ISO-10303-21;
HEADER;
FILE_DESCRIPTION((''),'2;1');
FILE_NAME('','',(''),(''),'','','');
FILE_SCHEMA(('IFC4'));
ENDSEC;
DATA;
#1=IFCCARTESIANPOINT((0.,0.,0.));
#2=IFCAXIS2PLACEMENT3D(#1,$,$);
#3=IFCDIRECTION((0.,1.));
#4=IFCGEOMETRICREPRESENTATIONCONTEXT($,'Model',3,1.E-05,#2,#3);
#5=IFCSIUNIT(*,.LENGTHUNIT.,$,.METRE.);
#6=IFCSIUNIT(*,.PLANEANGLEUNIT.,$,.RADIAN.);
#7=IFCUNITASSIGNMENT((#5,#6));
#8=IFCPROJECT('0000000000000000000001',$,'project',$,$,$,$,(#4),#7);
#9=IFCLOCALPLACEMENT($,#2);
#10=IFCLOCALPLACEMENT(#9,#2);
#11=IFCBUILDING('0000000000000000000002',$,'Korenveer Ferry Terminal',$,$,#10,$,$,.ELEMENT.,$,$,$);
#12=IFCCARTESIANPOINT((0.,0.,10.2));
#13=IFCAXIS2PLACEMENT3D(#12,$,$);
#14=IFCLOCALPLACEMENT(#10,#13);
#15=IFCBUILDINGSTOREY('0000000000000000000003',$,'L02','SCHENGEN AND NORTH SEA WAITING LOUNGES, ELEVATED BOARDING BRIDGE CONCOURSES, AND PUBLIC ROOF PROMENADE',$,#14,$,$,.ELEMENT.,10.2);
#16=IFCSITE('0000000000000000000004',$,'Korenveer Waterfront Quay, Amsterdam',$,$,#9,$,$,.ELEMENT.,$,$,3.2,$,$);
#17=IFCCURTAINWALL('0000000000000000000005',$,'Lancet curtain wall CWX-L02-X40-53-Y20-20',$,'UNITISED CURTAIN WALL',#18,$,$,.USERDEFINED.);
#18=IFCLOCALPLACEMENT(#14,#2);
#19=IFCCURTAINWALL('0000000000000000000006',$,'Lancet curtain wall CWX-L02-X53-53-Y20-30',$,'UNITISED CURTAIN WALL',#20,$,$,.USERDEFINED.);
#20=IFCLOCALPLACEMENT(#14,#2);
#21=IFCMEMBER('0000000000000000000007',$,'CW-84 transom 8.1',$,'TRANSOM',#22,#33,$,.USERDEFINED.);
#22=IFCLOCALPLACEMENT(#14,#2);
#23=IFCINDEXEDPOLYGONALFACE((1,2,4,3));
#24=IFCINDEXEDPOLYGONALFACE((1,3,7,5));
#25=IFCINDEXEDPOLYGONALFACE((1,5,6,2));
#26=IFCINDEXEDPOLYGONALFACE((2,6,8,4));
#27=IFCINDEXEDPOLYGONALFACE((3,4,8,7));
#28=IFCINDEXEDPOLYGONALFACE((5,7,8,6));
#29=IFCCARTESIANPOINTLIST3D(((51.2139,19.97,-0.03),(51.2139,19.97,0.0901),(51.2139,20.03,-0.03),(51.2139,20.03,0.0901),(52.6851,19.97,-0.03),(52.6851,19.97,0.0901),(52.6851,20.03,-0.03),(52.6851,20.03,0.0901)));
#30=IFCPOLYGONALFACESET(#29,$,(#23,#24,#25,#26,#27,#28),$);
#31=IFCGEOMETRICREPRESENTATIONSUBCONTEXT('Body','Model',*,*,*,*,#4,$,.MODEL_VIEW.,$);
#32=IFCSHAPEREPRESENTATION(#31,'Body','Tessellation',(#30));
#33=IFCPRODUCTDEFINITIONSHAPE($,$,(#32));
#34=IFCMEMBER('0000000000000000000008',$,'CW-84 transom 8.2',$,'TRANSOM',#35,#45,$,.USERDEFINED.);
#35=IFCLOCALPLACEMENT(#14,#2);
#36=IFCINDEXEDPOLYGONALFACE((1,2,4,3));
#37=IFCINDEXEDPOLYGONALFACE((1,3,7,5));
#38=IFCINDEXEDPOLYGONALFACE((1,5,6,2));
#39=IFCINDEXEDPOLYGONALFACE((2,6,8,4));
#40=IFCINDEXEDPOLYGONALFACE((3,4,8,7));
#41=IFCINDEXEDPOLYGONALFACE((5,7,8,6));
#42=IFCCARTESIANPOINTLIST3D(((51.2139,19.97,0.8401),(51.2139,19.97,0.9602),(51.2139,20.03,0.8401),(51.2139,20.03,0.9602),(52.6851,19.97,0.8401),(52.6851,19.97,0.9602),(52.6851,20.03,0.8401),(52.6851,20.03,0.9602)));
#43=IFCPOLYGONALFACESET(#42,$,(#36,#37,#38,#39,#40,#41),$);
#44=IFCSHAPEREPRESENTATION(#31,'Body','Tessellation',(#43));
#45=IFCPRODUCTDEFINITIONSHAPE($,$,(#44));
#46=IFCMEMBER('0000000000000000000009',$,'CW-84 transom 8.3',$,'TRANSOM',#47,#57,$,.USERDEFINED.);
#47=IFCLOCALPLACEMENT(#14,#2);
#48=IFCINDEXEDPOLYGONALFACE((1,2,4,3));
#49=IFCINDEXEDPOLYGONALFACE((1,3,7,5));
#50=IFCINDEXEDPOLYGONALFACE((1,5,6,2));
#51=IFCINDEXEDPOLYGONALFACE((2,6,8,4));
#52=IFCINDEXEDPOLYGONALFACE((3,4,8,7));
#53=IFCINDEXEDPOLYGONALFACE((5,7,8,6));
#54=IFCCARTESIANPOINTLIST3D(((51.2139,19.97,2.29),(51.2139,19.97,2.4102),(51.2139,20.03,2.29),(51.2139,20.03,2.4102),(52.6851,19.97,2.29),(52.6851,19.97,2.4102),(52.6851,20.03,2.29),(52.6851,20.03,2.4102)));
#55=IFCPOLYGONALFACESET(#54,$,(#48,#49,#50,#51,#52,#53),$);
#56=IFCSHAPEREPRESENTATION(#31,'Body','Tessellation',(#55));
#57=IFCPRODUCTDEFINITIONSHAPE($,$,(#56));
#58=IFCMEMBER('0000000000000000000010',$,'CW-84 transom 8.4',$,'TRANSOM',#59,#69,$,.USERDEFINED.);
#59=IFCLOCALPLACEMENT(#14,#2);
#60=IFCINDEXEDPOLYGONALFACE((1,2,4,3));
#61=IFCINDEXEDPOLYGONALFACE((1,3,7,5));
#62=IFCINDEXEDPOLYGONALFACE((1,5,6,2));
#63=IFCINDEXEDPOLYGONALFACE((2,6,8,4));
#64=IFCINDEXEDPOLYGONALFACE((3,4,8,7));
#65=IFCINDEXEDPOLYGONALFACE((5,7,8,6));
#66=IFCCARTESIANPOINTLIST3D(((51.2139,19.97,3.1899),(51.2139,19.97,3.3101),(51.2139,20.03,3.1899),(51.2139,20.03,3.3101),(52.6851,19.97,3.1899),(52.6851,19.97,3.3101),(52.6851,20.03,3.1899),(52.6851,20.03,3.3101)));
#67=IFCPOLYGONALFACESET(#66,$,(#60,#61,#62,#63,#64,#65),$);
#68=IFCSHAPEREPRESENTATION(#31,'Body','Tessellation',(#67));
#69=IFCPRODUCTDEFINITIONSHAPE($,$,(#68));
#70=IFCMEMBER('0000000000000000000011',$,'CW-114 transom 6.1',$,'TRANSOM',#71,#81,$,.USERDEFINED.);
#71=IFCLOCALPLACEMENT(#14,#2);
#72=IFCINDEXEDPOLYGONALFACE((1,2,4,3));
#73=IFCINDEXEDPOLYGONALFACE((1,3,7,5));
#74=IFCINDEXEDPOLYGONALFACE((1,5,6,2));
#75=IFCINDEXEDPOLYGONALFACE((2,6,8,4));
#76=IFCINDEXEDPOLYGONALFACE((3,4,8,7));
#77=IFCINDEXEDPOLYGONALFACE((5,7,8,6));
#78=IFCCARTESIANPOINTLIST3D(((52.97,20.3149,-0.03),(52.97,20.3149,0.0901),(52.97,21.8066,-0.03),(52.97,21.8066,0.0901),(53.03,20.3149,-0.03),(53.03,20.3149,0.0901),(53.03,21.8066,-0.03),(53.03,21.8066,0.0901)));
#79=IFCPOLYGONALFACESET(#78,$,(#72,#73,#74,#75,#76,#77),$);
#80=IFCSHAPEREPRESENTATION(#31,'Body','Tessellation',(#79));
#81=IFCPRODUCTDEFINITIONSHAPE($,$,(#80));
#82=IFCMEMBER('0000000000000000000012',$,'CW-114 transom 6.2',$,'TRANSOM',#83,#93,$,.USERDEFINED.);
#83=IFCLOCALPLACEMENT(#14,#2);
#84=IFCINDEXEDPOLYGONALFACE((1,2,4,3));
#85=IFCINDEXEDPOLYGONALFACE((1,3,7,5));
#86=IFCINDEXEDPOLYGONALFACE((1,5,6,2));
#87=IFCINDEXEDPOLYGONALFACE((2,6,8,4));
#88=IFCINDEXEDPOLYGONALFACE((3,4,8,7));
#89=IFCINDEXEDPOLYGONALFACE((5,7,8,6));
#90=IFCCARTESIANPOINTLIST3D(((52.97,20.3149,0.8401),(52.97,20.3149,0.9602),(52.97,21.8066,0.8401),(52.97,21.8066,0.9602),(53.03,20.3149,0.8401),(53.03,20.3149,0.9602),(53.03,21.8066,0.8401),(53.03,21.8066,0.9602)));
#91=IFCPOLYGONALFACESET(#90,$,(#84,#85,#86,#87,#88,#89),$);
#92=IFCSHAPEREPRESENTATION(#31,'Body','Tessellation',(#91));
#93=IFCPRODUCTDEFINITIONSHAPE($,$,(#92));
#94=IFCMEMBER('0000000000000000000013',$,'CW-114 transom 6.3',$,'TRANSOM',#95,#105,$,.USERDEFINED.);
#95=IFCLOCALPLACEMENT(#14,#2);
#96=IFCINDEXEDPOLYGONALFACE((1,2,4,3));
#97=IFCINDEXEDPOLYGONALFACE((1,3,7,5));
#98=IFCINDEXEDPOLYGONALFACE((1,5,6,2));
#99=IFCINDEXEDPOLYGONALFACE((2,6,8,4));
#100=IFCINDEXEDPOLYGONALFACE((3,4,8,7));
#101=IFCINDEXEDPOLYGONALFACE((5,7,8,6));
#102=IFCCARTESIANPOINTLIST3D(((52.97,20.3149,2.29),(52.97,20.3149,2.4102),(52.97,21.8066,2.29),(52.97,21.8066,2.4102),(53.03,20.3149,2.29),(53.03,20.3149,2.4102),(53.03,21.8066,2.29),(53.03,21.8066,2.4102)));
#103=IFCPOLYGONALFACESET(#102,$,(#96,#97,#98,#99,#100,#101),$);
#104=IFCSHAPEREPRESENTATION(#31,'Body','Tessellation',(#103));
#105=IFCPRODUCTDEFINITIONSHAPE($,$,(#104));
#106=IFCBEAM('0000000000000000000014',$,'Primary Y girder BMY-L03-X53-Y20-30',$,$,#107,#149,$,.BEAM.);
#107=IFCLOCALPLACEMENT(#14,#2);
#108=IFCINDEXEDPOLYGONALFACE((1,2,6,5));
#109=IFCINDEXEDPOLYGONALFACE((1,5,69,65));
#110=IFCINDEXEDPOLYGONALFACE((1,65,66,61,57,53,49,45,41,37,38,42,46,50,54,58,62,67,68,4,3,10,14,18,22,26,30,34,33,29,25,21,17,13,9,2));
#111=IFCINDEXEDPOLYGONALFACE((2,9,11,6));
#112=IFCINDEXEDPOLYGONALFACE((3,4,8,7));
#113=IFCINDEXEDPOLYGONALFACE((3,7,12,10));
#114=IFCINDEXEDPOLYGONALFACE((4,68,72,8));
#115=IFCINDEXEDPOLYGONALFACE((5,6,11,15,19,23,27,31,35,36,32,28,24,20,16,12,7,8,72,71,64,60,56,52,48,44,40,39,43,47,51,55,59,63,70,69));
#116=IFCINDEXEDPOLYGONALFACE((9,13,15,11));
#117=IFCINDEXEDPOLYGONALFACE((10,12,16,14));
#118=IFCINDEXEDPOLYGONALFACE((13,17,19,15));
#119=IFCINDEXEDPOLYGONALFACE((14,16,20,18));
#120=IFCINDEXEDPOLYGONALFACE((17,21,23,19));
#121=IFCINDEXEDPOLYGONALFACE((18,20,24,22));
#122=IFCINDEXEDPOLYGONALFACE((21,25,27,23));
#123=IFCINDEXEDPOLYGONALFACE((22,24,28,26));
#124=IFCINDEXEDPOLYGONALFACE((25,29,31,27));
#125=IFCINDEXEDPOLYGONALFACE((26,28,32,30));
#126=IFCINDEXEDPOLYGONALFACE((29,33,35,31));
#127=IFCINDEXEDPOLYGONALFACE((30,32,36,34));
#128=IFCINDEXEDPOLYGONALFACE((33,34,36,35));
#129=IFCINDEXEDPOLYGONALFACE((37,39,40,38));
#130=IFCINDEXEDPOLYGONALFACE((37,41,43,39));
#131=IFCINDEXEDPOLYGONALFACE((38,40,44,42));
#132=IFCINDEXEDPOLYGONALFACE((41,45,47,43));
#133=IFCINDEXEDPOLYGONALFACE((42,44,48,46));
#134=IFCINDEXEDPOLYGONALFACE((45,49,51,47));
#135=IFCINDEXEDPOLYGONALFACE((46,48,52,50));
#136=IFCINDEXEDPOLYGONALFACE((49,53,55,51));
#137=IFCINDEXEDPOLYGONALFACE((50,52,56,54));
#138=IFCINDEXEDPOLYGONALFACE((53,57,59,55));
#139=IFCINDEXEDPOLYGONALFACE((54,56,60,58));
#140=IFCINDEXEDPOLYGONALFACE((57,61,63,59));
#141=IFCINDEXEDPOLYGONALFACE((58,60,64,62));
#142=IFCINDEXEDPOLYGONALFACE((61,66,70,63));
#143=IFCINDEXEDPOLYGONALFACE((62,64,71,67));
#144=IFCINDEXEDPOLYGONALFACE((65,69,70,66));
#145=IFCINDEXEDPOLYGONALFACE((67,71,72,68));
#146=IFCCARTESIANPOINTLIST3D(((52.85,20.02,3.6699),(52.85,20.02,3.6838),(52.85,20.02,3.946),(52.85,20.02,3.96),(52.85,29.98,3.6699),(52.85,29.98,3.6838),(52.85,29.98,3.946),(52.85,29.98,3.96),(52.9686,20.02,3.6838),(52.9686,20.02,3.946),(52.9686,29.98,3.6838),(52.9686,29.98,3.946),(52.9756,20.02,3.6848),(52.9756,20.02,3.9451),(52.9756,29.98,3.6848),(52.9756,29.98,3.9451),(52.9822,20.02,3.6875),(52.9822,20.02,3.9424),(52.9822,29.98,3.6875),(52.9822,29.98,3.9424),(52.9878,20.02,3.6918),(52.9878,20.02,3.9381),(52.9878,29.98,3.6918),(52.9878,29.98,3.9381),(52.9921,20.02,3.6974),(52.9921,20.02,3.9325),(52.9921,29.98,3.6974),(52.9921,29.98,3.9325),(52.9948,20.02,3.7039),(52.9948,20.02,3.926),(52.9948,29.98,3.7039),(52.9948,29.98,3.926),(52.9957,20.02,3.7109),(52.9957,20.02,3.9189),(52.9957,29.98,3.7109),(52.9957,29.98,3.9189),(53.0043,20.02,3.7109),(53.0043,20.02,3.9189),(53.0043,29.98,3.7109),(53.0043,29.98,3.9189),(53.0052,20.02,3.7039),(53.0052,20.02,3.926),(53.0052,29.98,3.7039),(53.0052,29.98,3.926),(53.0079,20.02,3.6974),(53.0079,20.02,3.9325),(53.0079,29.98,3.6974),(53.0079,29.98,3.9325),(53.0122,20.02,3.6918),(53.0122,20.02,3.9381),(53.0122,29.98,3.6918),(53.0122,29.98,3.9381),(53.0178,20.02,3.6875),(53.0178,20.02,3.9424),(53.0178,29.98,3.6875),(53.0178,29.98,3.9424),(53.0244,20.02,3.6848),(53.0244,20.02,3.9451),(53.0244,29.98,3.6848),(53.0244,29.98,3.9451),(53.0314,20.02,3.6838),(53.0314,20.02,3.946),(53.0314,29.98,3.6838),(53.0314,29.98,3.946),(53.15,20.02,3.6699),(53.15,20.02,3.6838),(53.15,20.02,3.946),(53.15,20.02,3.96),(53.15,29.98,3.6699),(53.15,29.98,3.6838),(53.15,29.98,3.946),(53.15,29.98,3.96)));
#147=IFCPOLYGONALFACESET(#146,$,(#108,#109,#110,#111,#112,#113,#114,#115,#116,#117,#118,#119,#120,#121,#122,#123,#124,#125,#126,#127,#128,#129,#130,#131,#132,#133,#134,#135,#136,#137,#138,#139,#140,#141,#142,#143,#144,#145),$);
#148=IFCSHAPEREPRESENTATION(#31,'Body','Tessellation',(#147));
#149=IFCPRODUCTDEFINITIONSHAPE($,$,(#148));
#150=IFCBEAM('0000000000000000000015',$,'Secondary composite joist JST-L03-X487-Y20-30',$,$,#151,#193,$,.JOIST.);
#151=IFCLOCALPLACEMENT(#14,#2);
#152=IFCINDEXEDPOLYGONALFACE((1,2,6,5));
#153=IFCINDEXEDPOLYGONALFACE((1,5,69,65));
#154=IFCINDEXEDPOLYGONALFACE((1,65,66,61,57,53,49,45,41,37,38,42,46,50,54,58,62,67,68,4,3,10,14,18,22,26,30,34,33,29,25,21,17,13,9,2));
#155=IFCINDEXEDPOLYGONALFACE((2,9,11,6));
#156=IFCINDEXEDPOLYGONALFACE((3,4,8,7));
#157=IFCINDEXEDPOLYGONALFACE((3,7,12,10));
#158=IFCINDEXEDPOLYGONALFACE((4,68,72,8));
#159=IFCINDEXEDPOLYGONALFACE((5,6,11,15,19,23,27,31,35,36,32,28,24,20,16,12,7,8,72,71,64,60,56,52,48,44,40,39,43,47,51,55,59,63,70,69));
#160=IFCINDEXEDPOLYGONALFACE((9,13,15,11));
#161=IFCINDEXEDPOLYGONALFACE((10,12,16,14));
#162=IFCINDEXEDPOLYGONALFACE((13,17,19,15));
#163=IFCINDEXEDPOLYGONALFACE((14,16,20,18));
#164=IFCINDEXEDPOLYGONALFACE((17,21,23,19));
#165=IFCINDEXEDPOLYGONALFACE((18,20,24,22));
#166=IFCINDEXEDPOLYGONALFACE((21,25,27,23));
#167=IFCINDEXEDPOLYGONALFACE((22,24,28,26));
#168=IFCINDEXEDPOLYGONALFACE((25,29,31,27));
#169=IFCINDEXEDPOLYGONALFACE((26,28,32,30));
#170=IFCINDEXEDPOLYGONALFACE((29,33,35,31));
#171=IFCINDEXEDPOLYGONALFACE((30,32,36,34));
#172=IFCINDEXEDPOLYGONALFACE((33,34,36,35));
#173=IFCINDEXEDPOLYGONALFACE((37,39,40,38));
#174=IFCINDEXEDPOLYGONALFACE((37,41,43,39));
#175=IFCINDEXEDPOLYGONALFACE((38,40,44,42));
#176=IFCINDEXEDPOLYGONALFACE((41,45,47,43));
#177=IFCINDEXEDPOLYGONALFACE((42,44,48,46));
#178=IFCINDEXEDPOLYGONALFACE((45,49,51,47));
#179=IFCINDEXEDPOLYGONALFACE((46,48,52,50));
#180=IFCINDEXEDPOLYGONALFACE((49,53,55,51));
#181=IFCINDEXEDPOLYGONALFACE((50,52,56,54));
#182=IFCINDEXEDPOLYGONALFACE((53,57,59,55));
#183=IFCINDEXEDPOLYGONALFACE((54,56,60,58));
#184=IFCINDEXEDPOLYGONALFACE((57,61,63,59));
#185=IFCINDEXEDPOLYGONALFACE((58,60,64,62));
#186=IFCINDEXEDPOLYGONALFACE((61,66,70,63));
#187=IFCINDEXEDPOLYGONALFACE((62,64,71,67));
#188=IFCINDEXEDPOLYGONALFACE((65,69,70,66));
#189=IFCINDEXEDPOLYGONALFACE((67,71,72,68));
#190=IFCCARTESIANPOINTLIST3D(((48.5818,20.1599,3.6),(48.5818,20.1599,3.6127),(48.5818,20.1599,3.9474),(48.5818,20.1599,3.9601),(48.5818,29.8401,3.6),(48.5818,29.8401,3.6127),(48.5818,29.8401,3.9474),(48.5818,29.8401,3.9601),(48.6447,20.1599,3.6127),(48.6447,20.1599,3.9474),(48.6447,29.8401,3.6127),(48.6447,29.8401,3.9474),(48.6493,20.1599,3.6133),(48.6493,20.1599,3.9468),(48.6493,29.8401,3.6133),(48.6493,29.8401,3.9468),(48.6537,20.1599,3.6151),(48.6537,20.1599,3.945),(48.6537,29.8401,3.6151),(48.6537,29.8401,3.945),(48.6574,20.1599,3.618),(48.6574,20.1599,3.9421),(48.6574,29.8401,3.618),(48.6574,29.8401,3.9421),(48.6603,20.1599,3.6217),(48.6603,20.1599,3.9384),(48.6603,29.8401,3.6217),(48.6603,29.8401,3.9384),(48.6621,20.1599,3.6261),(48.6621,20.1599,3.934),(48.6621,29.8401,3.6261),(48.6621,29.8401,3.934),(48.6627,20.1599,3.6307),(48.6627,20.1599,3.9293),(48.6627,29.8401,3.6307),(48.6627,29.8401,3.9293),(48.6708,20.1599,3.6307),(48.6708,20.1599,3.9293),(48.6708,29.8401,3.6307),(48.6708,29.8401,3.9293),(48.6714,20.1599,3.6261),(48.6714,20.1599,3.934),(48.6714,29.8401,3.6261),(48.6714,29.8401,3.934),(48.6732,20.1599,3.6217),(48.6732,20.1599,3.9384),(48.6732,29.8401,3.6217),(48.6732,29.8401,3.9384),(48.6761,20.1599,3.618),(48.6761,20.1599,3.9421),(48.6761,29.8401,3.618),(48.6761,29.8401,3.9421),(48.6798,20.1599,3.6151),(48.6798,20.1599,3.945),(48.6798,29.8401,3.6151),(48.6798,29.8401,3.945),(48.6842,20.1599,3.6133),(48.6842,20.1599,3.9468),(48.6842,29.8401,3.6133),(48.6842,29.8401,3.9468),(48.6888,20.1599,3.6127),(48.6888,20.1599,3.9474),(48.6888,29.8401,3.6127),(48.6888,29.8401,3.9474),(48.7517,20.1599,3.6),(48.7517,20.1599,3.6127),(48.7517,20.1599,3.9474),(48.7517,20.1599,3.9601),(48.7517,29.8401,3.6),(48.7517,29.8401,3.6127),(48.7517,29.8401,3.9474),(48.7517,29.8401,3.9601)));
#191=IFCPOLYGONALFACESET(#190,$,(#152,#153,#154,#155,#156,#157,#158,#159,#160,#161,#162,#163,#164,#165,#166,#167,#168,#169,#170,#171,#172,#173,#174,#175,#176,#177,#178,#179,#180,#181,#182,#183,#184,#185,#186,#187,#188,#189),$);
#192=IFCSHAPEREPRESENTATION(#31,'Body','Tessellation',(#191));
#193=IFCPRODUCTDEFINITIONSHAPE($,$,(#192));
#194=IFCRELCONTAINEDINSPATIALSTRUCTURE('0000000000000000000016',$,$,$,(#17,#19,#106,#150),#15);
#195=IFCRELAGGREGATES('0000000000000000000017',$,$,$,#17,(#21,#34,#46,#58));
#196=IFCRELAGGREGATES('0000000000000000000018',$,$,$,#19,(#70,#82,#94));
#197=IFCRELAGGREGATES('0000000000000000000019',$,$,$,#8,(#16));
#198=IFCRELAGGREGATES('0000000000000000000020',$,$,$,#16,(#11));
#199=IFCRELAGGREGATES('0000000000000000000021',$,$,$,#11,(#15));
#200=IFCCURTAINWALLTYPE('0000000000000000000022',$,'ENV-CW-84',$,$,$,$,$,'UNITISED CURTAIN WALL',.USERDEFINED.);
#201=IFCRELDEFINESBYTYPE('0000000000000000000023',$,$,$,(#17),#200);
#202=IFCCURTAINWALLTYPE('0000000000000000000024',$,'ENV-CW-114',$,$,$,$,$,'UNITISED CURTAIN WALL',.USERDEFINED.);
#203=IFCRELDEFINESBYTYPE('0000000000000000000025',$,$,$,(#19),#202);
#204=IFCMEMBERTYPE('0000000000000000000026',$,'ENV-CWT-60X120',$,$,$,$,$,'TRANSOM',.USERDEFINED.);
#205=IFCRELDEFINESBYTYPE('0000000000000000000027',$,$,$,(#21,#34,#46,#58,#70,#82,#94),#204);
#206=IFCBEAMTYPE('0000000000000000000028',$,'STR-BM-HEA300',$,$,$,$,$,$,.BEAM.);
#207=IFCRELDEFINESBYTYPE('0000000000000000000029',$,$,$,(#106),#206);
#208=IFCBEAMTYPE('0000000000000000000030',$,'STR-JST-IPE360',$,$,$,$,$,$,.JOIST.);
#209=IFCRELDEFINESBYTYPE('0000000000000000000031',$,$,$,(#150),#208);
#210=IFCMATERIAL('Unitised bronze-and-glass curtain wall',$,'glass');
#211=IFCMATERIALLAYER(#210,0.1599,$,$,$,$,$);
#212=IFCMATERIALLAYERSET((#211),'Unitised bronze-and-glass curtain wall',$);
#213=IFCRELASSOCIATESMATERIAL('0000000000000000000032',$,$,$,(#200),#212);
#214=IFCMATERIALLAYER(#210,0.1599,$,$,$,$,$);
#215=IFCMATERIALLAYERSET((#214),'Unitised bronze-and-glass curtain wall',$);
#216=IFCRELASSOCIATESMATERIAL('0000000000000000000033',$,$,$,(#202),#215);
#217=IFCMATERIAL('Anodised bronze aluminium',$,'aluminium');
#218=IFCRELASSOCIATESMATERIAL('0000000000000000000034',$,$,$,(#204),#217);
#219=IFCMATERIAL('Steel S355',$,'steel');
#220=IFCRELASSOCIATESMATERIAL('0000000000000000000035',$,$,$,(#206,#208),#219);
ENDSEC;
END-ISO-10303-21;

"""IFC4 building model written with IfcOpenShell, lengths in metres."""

from ifc_helpers import new_model, si_unit, direction, frame, origin, origin_2d, place, context, subcontext, project, spatial, rectangle, i_section, extrude, material, layer, layer_set, material_profile, profile_set, type_object, element, aggregate, save


model = new_model("IFC4")

# Units and contexts
model_context = context("Model", 3, precision=1e-05, world=origin(), true_north=direction((0.0, 1.0)))
body_context = subcontext(model_context, "Body", "Model", "MODEL_VIEW")
ifc_project = project(units=[si_unit("LENGTHUNIT", "METRE"), si_unit("PLANEANGLEUNIT", "RADIAN")], contexts=[model_context])

# Site, building, storey
site_placement = place(None, origin())
site = spatial("IfcSite", under=ifc_project, at=site_placement, Name="Korenveer Waterfront Quay, Amsterdam", CompositionType="ELEMENT", RefElevation=3.2)
building_placement = place(site_placement, origin())
building = spatial("IfcBuilding", under=site, at=building_placement, Name="Korenveer Ferry Terminal", CompositionType="ELEMENT")
storey_placement = place(building_placement, frame((0.0, 0.0, 10.2)))
storey = spatial("IfcBuildingStorey", under=building, at=storey_placement, Name="L02", Description="SCHENGEN AND NORTH SEA WAITING LOUNGES, ELEVATED BOARDING BRIDGE CONCOURSES, AND PUBLIC ROOF PROMENADE", CompositionType="ELEMENT", Elevation=10.2)

# Curtain wall
ifc_material_1 = material(Name="Unitised bronze-and-glass curtain wall", Category="glass")
ifc_layer_1 = layer(ifc_material_1, 0.1599)
ifc_layer_set_1 = layer_set([ifc_layer_1], Name="Unitised bronze-and-glass curtain wall")
curtain_wall_type_1 = type_object("IfcCurtainWallType", Name="ENV-CW-84", ElementType="UNITISED CURTAIN WALL", PredefinedType="USERDEFINED", material=ifc_layer_set_1)
curtain_wall_1_placement = place(storey_placement, frame((40.2549, 20.0, 0.0)))
curtain_wall_1 = element("IfcCurtainWall", 1, at=curtain_wall_1_placement, inside=storey, type_object=curtain_wall_type_1, Name="Lancet curtain wall CWX-L02-X40-53-Y20-20", ObjectType="UNITISED CURTAIN WALL", PredefinedType="USERDEFINED")
ifc_material_2 = material(Name="Anodised bronze aluminium", Category="aluminium")

# Curtain wall
ifc_layer_2 = layer(ifc_material_1, 0.1599)
ifc_layer_set_2 = layer_set([ifc_layer_2], Name="Unitised bronze-and-glass curtain wall")
curtain_wall_type_2 = type_object("IfcCurtainWallType", Name="ENV-CW-114", ElementType="UNITISED CURTAIN WALL", PredefinedType="USERDEFINED", material=ifc_layer_set_2)
curtain_wall_2_placement = place(storey_placement, frame((53.0, 29.7451, 0.0)))
curtain_wall_2 = element("IfcCurtainWall", 2, at=curtain_wall_2_placement, inside=storey, type_object=curtain_wall_type_2, Name="Lancet curtain wall CWX-L02-X53-53-Y20-30", ObjectType="UNITISED CURTAIN WALL", PredefinedType="USERDEFINED")

# Members
ifc_material_profile_1 = material_profile(ifc_material_2, rectangle(XDim=0.0601, YDim=0.1201, at=origin_2d()), Name="ALU 60x120")
ifc_profile_set_1 = profile_set([ifc_material_profile_1], Name="Anodised bronze aluminium")
member_type_1 = type_object("IfcMemberType", Name="ENV-CWT-60X120", ElementType="TRANSOM", PredefinedType="USERDEFINED", material=ifc_profile_set_1)
member_1_placement = place(storey_placement, frame((51.2139, 20.0, 0.03), z_axis=(1.0, 0.0, 0.0), x_axis=(0.0, 1.0, 0.0)))
member_1 = element("IfcMember", 3, at=member_1_placement, type_object=member_type_1, Name="CW-84 transom 8.1", ObjectType="TRANSOM", PredefinedType="USERDEFINED", context=body_context, shape_type="SweptSolid", body=[
    extrude(rectangle(XDim=0.0601, YDim=0.1201, at=origin_2d()), origin(), (0.0, 0.0, 1.0), 1.4712),
])
member_2_placement = place(storey_placement, frame((51.2139, 20.0, 0.9001), z_axis=(1.0, 0.0, 0.0), x_axis=(0.0, 1.0, 0.0)))
member_2 = element("IfcMember", 4, at=member_2_placement, type_object=member_type_1, Name="CW-84 transom 8.2", ObjectType="TRANSOM", PredefinedType="USERDEFINED", context=body_context, shape_type="SweptSolid", body=[
    extrude(rectangle(XDim=0.0601, YDim=0.1201, at=origin_2d()), origin(), (0.0, 0.0, 1.0), 1.4712),
])
member_3_placement = place(storey_placement, frame((51.2139, 20.0, 2.3501), z_axis=(1.0, 0.0, 0.0), x_axis=(0.0, 1.0, 0.0)))
member_3 = element("IfcMember", 5, at=member_3_placement, type_object=member_type_1, Name="CW-84 transom 8.3", ObjectType="TRANSOM", PredefinedType="USERDEFINED", context=body_context, shape_type="SweptSolid", body=[
    extrude(rectangle(XDim=0.0601, YDim=0.1201, at=origin_2d()), origin(), (0.0, 0.0, 1.0), 1.4712),
])
member_4_placement = place(storey_placement, frame((51.2139, 20.0, 3.25), z_axis=(1.0, 0.0, 0.0), x_axis=(0.0, 1.0, 0.0)))
member_4 = element("IfcMember", 6, at=member_4_placement, type_object=member_type_1, Name="CW-84 transom 8.4", ObjectType="TRANSOM", PredefinedType="USERDEFINED", context=body_context, shape_type="SweptSolid", body=[
    extrude(rectangle(XDim=0.0601, YDim=0.1201, at=origin_2d()), origin(), (0.0, 0.0, 1.0), 1.4712),
])
member_5_placement = place(storey_placement, frame((53.0, 21.8066, 0.03), z_axis=(0.0, -1.0, 0.0), x_axis=(1.0, 0.0, 0.0)))
member_5 = element("IfcMember", 7, at=member_5_placement, type_object=member_type_1, Name="CW-114 transom 6.1", ObjectType="TRANSOM", PredefinedType="USERDEFINED", context=body_context, shape_type="SweptSolid", body=[
    extrude(rectangle(XDim=0.0601, YDim=0.1201, at=origin_2d()), origin(), (0.0, 0.0, 1.0), 1.4917),
])
member_6_placement = place(storey_placement, frame((53.0, 21.8066, 0.9001), z_axis=(0.0, -1.0, 0.0), x_axis=(1.0, 0.0, 0.0)))
member_6 = element("IfcMember", 8, at=member_6_placement, type_object=member_type_1, Name="CW-114 transom 6.2", ObjectType="TRANSOM", PredefinedType="USERDEFINED", context=body_context, shape_type="SweptSolid", body=[
    extrude(rectangle(XDim=0.0601, YDim=0.1201, at=origin_2d()), origin(), (0.0, 0.0, 1.0), 1.4917),
])
member_7_placement = place(storey_placement, frame((53.0, 21.8066, 2.3501), z_axis=(0.0, -1.0, 0.0), x_axis=(1.0, 0.0, 0.0)))
member_7 = element("IfcMember", 9, at=member_7_placement, type_object=member_type_1, Name="CW-114 transom 6.3", ObjectType="TRANSOM", PredefinedType="USERDEFINED", context=body_context, shape_type="SweptSolid", body=[
    extrude(rectangle(XDim=0.0601, YDim=0.1201, at=origin_2d()), origin(), (0.0, 0.0, 1.0), 1.4917),
])

# Beams
ifc_material_3 = material(Name="Steel S355", Category="steel")
ifc_material_profile_2 = material_profile(ifc_material_3, i_section(OverallWidth=0.3, OverallDepth=0.29, WebThickness=0.0085, FlangeThickness=0.0139, FilletRadius=0.0271, at=origin_2d()), Name="HEA 300")
ifc_profile_set_2 = profile_set([ifc_material_profile_2], Name="Steel S355")
beam_type_1 = type_object("IfcBeamType", Name="STR-BM-HEA300", PredefinedType="BEAM", material=ifc_profile_set_2)
beam_1_placement = place(storey_placement, frame((53.0, 20.02, 3.8149), z_axis=(0.0, 1.0, 0.0), x_axis=(-1.0, 0.0, 0.0)))
element("IfcBeam", 10, at=beam_1_placement, inside=storey, type_object=beam_type_1, Name="Primary Y girder BMY-L03-X53-Y20-30", PredefinedType="BEAM", context=body_context, shape_type="SweptSolid", body=[
    extrude(i_section(OverallWidth=0.3, OverallDepth=0.29, WebThickness=0.0085, FlangeThickness=0.0139, FilletRadius=0.0271, at=origin_2d()), origin(), (0.0, 0.0, 1.0), 9.96),
])
ifc_material_profile_3 = material_profile(ifc_material_3, i_section(OverallWidth=0.1699, OverallDepth=0.3601, WebThickness=0.0081, FlangeThickness=0.0127, FilletRadius=0.0181, at=origin_2d()), Name="IPE 360")
ifc_profile_set_3 = profile_set([ifc_material_profile_3], Name="Steel S355")
beam_type_2 = type_object("IfcBeamType", Name="STR-JST-IPE360", PredefinedType="JOIST", material=ifc_profile_set_3)
beam_2_placement = place(storey_placement, frame((48.6667, 20.1599, 3.78), z_axis=(0.0, 1.0, 0.0), x_axis=(-1.0, 0.0, 0.0)))
element("IfcBeam", 11, at=beam_2_placement, inside=storey, type_object=beam_type_2, Name="Secondary composite joist JST-L03-X487-Y20-30", PredefinedType="JOIST", context=body_context, shape_type="SweptSolid", body=[
    extrude(i_section(OverallWidth=0.1699, OverallDepth=0.3601, WebThickness=0.0081, FlangeThickness=0.0127, FilletRadius=0.0181, at=origin_2d()), origin(), (0.0, 0.0, 1.0), 9.6802),
])

aggregate(curtain_wall_1, [member_1, member_2, member_3, member_4])
aggregate(curtain_wall_2, [member_5, member_6, member_7])

save(model, "model.ifc")
